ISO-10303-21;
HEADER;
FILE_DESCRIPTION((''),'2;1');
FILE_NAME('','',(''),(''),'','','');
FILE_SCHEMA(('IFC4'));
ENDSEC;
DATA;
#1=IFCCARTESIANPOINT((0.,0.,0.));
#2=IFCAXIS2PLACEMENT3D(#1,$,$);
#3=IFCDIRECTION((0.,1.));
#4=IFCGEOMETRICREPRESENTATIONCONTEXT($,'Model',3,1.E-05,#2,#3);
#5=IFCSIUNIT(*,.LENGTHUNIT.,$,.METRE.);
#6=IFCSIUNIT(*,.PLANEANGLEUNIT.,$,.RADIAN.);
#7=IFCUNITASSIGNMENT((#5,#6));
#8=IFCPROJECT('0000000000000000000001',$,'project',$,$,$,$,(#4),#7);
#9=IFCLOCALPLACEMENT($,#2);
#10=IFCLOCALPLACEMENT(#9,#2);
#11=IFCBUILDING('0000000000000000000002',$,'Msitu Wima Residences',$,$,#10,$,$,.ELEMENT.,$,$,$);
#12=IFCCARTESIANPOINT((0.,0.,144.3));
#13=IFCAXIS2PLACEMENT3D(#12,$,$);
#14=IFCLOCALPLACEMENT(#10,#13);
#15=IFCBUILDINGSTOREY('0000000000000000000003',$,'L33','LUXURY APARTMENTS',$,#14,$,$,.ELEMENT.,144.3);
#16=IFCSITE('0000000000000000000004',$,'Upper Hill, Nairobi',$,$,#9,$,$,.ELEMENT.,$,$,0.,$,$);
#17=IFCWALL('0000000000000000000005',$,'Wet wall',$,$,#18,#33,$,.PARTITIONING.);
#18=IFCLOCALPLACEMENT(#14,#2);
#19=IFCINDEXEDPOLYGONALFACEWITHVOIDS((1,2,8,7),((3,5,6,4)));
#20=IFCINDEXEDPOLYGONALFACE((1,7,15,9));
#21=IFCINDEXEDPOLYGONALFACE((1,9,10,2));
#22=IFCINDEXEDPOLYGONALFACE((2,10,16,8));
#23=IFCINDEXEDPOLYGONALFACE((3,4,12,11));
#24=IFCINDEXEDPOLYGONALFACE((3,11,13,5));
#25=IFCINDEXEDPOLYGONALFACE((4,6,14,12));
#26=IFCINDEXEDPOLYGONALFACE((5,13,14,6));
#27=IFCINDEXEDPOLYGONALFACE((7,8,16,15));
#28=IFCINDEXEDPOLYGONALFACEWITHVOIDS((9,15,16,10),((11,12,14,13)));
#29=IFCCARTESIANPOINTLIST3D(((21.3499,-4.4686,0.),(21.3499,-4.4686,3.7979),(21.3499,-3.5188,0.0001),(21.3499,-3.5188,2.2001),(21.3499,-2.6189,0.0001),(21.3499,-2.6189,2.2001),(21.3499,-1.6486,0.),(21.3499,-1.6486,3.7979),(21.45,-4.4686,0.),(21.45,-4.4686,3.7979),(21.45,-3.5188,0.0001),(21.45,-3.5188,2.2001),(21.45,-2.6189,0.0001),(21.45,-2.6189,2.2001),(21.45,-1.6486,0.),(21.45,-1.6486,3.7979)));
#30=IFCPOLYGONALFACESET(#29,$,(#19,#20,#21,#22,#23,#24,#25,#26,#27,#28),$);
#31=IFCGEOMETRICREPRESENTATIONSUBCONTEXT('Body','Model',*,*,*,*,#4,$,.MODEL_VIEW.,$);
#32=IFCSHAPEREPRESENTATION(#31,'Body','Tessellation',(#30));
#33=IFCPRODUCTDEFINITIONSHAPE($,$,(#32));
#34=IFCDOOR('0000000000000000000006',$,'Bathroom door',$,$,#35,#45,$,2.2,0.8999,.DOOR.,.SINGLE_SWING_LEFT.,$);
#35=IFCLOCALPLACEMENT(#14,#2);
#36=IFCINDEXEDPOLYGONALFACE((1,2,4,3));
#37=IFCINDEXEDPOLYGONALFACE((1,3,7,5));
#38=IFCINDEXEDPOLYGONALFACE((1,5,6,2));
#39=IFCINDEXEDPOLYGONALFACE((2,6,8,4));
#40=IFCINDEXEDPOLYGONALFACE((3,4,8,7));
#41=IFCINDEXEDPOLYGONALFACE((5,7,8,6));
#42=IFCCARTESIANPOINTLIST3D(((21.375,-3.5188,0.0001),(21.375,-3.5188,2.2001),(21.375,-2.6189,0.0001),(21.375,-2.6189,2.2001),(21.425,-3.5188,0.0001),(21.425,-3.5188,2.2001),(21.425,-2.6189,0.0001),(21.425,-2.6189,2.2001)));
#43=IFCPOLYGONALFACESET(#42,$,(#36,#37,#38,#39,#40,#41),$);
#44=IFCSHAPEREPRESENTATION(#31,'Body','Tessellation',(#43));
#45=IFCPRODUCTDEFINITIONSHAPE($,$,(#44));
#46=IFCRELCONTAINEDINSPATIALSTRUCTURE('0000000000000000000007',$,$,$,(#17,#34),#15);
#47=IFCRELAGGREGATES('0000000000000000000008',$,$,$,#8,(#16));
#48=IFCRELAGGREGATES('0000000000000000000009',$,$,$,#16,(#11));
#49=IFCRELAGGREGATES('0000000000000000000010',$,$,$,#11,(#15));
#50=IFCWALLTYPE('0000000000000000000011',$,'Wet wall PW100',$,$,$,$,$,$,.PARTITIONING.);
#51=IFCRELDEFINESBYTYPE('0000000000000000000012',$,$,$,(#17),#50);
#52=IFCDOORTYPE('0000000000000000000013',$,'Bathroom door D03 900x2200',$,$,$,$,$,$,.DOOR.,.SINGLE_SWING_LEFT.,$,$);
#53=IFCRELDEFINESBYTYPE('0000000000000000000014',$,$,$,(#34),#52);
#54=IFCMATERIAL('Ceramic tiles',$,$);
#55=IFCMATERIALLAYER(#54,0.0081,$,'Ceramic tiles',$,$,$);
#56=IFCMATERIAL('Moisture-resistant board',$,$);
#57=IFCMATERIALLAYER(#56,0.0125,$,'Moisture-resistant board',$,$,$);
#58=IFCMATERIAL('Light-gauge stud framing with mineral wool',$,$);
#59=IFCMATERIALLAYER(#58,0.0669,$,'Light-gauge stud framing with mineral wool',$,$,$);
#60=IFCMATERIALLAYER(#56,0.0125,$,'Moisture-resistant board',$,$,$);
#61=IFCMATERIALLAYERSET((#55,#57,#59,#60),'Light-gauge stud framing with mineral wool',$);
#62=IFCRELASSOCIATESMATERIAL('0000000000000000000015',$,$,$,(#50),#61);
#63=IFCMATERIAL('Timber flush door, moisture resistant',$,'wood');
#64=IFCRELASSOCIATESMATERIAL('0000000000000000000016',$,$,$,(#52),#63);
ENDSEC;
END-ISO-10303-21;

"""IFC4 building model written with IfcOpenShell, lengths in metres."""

from ifc_helpers import new_model, si_unit, direction, frame, frame_2d, origin, place, context, subcontext, project, spatial, rectangle, extrude, material, layer, layer_set, type_object, element, fill, save


model = new_model("IFC4")

# Units and contexts
model_context = context("Model", 3, precision=1e-05, world=origin(), true_north=direction((0.0, 1.0)))
body_context = subcontext(model_context, "Body", "Model", "MODEL_VIEW")
ifc_project = project(units=[si_unit("LENGTHUNIT", "METRE"), si_unit("PLANEANGLEUNIT", "RADIAN")], contexts=[model_context])

# Site, building, storey
site_placement = place(None, origin())
site = spatial("IfcSite", under=ifc_project, at=site_placement, Name="Upper Hill, Nairobi", CompositionType="ELEMENT", RefElevation=0.0)
building_placement = place(site_placement, origin())
building = spatial("IfcBuilding", under=site, at=building_placement, Name="Msitu Wima Residences", CompositionType="ELEMENT")
storey_placement = place(building_placement, frame((0.0, 0.0, 144.3)))
storey = spatial("IfcBuildingStorey", under=building, at=storey_placement, Name="L33", Description="LUXURY APARTMENTS", CompositionType="ELEMENT", Elevation=144.3)

# Shared definitions
ifc_material_1 = material(Name="Ceramic tiles")
ifc_layer_1 = layer(ifc_material_1, 0.0081, Name="Ceramic tiles")
ifc_material_2 = material(Name="Moisture-resistant board")
ifc_layer_2 = layer(ifc_material_2, 0.0125, Name="Moisture-resistant board")
ifc_material_3 = material(Name="Light-gauge stud framing with mineral wool")
ifc_layer_3 = layer(ifc_material_3, 0.0669, Name="Light-gauge stud framing with mineral wool")
ifc_layer_4 = layer(ifc_material_2, 0.0125, Name="Moisture-resistant board")
ifc_layer_set_1 = layer_set([ifc_layer_1, ifc_layer_2, ifc_layer_3, ifc_layer_4], Name="Light-gauge stud framing with mineral wool")
wall_type_1 = type_object("IfcWallType", Name="Wet wall PW100", PredefinedType="PARTITIONING", material=ifc_layer_set_1)

# Wall, opening, door
wall_1_placement = place(storey_placement, frame((21.3999, -4.4688, 0.0), z_axis=(0.0, 0.0, 1.0), x_axis=(0.0, 1.0, 0.0)))
wall_1 = element("IfcWall", 1, at=wall_1_placement, inside=storey, type_object=wall_type_1, Name="Wet wall", PredefinedType="PARTITIONING", context=body_context, shape_type="SweptSolid", body=[
    extrude(rectangle(XDim=2.8201, YDim=0.1001, at=frame_2d((1.4102, 0.0))), origin(), (0.0, 0.0, 1.0), 3.7979),
])
opening_1_placement = place(wall_1_placement, frame((0.95, 0.0, 0.0)))
opening_1 = element("IfcOpeningElement", 2, at=opening_1_placement, cuts=wall_1, PredefinedType="OPENING", context=body_context, shape_type="SweptSolid", body=[
    extrude(rectangle(XDim=0.8999, YDim=2.2, at=frame_2d((0.45, 1.1001))), frame((0.0, 0.0601, 0.0), z_axis=(0.0, -1.0, 0.0), x_axis=(1.0, 0.0, 0.0)), (0.0, 0.0, 1.0), 0.1201),
])
ifc_material_4 = material(Name="Timber flush door, moisture resistant", Category="wood")
door_type_1 = type_object("IfcDoorType", Name="Bathroom door D03 900x2200", OperationType="SINGLE_SWING_LEFT", PredefinedType="DOOR", material=ifc_material_4)
door_1_placement = place(opening_1_placement, origin())
door_1 = element("IfcDoor", 3, at=door_1_placement, inside=storey, type_object=door_type_1, Name="Bathroom door", OperationType="SINGLE_SWING_LEFT", OverallHeight=2.2, OverallWidth=0.8999, PredefinedType="DOOR", context=body_context, shape_type="SweptSolid", body=[
    extrude(rectangle(XDim=0.8999, YDim=2.2, at=frame_2d((0.45, 1.1001))), frame((0.0, 0.0249, 0.0), z_axis=(0.0, -1.0, 0.0), x_axis=(1.0, 0.0, 0.0)), (0.0, 0.0, 1.0), 0.05),
])
fill(opening_1, door_1)

save(model, "model.ifc")
